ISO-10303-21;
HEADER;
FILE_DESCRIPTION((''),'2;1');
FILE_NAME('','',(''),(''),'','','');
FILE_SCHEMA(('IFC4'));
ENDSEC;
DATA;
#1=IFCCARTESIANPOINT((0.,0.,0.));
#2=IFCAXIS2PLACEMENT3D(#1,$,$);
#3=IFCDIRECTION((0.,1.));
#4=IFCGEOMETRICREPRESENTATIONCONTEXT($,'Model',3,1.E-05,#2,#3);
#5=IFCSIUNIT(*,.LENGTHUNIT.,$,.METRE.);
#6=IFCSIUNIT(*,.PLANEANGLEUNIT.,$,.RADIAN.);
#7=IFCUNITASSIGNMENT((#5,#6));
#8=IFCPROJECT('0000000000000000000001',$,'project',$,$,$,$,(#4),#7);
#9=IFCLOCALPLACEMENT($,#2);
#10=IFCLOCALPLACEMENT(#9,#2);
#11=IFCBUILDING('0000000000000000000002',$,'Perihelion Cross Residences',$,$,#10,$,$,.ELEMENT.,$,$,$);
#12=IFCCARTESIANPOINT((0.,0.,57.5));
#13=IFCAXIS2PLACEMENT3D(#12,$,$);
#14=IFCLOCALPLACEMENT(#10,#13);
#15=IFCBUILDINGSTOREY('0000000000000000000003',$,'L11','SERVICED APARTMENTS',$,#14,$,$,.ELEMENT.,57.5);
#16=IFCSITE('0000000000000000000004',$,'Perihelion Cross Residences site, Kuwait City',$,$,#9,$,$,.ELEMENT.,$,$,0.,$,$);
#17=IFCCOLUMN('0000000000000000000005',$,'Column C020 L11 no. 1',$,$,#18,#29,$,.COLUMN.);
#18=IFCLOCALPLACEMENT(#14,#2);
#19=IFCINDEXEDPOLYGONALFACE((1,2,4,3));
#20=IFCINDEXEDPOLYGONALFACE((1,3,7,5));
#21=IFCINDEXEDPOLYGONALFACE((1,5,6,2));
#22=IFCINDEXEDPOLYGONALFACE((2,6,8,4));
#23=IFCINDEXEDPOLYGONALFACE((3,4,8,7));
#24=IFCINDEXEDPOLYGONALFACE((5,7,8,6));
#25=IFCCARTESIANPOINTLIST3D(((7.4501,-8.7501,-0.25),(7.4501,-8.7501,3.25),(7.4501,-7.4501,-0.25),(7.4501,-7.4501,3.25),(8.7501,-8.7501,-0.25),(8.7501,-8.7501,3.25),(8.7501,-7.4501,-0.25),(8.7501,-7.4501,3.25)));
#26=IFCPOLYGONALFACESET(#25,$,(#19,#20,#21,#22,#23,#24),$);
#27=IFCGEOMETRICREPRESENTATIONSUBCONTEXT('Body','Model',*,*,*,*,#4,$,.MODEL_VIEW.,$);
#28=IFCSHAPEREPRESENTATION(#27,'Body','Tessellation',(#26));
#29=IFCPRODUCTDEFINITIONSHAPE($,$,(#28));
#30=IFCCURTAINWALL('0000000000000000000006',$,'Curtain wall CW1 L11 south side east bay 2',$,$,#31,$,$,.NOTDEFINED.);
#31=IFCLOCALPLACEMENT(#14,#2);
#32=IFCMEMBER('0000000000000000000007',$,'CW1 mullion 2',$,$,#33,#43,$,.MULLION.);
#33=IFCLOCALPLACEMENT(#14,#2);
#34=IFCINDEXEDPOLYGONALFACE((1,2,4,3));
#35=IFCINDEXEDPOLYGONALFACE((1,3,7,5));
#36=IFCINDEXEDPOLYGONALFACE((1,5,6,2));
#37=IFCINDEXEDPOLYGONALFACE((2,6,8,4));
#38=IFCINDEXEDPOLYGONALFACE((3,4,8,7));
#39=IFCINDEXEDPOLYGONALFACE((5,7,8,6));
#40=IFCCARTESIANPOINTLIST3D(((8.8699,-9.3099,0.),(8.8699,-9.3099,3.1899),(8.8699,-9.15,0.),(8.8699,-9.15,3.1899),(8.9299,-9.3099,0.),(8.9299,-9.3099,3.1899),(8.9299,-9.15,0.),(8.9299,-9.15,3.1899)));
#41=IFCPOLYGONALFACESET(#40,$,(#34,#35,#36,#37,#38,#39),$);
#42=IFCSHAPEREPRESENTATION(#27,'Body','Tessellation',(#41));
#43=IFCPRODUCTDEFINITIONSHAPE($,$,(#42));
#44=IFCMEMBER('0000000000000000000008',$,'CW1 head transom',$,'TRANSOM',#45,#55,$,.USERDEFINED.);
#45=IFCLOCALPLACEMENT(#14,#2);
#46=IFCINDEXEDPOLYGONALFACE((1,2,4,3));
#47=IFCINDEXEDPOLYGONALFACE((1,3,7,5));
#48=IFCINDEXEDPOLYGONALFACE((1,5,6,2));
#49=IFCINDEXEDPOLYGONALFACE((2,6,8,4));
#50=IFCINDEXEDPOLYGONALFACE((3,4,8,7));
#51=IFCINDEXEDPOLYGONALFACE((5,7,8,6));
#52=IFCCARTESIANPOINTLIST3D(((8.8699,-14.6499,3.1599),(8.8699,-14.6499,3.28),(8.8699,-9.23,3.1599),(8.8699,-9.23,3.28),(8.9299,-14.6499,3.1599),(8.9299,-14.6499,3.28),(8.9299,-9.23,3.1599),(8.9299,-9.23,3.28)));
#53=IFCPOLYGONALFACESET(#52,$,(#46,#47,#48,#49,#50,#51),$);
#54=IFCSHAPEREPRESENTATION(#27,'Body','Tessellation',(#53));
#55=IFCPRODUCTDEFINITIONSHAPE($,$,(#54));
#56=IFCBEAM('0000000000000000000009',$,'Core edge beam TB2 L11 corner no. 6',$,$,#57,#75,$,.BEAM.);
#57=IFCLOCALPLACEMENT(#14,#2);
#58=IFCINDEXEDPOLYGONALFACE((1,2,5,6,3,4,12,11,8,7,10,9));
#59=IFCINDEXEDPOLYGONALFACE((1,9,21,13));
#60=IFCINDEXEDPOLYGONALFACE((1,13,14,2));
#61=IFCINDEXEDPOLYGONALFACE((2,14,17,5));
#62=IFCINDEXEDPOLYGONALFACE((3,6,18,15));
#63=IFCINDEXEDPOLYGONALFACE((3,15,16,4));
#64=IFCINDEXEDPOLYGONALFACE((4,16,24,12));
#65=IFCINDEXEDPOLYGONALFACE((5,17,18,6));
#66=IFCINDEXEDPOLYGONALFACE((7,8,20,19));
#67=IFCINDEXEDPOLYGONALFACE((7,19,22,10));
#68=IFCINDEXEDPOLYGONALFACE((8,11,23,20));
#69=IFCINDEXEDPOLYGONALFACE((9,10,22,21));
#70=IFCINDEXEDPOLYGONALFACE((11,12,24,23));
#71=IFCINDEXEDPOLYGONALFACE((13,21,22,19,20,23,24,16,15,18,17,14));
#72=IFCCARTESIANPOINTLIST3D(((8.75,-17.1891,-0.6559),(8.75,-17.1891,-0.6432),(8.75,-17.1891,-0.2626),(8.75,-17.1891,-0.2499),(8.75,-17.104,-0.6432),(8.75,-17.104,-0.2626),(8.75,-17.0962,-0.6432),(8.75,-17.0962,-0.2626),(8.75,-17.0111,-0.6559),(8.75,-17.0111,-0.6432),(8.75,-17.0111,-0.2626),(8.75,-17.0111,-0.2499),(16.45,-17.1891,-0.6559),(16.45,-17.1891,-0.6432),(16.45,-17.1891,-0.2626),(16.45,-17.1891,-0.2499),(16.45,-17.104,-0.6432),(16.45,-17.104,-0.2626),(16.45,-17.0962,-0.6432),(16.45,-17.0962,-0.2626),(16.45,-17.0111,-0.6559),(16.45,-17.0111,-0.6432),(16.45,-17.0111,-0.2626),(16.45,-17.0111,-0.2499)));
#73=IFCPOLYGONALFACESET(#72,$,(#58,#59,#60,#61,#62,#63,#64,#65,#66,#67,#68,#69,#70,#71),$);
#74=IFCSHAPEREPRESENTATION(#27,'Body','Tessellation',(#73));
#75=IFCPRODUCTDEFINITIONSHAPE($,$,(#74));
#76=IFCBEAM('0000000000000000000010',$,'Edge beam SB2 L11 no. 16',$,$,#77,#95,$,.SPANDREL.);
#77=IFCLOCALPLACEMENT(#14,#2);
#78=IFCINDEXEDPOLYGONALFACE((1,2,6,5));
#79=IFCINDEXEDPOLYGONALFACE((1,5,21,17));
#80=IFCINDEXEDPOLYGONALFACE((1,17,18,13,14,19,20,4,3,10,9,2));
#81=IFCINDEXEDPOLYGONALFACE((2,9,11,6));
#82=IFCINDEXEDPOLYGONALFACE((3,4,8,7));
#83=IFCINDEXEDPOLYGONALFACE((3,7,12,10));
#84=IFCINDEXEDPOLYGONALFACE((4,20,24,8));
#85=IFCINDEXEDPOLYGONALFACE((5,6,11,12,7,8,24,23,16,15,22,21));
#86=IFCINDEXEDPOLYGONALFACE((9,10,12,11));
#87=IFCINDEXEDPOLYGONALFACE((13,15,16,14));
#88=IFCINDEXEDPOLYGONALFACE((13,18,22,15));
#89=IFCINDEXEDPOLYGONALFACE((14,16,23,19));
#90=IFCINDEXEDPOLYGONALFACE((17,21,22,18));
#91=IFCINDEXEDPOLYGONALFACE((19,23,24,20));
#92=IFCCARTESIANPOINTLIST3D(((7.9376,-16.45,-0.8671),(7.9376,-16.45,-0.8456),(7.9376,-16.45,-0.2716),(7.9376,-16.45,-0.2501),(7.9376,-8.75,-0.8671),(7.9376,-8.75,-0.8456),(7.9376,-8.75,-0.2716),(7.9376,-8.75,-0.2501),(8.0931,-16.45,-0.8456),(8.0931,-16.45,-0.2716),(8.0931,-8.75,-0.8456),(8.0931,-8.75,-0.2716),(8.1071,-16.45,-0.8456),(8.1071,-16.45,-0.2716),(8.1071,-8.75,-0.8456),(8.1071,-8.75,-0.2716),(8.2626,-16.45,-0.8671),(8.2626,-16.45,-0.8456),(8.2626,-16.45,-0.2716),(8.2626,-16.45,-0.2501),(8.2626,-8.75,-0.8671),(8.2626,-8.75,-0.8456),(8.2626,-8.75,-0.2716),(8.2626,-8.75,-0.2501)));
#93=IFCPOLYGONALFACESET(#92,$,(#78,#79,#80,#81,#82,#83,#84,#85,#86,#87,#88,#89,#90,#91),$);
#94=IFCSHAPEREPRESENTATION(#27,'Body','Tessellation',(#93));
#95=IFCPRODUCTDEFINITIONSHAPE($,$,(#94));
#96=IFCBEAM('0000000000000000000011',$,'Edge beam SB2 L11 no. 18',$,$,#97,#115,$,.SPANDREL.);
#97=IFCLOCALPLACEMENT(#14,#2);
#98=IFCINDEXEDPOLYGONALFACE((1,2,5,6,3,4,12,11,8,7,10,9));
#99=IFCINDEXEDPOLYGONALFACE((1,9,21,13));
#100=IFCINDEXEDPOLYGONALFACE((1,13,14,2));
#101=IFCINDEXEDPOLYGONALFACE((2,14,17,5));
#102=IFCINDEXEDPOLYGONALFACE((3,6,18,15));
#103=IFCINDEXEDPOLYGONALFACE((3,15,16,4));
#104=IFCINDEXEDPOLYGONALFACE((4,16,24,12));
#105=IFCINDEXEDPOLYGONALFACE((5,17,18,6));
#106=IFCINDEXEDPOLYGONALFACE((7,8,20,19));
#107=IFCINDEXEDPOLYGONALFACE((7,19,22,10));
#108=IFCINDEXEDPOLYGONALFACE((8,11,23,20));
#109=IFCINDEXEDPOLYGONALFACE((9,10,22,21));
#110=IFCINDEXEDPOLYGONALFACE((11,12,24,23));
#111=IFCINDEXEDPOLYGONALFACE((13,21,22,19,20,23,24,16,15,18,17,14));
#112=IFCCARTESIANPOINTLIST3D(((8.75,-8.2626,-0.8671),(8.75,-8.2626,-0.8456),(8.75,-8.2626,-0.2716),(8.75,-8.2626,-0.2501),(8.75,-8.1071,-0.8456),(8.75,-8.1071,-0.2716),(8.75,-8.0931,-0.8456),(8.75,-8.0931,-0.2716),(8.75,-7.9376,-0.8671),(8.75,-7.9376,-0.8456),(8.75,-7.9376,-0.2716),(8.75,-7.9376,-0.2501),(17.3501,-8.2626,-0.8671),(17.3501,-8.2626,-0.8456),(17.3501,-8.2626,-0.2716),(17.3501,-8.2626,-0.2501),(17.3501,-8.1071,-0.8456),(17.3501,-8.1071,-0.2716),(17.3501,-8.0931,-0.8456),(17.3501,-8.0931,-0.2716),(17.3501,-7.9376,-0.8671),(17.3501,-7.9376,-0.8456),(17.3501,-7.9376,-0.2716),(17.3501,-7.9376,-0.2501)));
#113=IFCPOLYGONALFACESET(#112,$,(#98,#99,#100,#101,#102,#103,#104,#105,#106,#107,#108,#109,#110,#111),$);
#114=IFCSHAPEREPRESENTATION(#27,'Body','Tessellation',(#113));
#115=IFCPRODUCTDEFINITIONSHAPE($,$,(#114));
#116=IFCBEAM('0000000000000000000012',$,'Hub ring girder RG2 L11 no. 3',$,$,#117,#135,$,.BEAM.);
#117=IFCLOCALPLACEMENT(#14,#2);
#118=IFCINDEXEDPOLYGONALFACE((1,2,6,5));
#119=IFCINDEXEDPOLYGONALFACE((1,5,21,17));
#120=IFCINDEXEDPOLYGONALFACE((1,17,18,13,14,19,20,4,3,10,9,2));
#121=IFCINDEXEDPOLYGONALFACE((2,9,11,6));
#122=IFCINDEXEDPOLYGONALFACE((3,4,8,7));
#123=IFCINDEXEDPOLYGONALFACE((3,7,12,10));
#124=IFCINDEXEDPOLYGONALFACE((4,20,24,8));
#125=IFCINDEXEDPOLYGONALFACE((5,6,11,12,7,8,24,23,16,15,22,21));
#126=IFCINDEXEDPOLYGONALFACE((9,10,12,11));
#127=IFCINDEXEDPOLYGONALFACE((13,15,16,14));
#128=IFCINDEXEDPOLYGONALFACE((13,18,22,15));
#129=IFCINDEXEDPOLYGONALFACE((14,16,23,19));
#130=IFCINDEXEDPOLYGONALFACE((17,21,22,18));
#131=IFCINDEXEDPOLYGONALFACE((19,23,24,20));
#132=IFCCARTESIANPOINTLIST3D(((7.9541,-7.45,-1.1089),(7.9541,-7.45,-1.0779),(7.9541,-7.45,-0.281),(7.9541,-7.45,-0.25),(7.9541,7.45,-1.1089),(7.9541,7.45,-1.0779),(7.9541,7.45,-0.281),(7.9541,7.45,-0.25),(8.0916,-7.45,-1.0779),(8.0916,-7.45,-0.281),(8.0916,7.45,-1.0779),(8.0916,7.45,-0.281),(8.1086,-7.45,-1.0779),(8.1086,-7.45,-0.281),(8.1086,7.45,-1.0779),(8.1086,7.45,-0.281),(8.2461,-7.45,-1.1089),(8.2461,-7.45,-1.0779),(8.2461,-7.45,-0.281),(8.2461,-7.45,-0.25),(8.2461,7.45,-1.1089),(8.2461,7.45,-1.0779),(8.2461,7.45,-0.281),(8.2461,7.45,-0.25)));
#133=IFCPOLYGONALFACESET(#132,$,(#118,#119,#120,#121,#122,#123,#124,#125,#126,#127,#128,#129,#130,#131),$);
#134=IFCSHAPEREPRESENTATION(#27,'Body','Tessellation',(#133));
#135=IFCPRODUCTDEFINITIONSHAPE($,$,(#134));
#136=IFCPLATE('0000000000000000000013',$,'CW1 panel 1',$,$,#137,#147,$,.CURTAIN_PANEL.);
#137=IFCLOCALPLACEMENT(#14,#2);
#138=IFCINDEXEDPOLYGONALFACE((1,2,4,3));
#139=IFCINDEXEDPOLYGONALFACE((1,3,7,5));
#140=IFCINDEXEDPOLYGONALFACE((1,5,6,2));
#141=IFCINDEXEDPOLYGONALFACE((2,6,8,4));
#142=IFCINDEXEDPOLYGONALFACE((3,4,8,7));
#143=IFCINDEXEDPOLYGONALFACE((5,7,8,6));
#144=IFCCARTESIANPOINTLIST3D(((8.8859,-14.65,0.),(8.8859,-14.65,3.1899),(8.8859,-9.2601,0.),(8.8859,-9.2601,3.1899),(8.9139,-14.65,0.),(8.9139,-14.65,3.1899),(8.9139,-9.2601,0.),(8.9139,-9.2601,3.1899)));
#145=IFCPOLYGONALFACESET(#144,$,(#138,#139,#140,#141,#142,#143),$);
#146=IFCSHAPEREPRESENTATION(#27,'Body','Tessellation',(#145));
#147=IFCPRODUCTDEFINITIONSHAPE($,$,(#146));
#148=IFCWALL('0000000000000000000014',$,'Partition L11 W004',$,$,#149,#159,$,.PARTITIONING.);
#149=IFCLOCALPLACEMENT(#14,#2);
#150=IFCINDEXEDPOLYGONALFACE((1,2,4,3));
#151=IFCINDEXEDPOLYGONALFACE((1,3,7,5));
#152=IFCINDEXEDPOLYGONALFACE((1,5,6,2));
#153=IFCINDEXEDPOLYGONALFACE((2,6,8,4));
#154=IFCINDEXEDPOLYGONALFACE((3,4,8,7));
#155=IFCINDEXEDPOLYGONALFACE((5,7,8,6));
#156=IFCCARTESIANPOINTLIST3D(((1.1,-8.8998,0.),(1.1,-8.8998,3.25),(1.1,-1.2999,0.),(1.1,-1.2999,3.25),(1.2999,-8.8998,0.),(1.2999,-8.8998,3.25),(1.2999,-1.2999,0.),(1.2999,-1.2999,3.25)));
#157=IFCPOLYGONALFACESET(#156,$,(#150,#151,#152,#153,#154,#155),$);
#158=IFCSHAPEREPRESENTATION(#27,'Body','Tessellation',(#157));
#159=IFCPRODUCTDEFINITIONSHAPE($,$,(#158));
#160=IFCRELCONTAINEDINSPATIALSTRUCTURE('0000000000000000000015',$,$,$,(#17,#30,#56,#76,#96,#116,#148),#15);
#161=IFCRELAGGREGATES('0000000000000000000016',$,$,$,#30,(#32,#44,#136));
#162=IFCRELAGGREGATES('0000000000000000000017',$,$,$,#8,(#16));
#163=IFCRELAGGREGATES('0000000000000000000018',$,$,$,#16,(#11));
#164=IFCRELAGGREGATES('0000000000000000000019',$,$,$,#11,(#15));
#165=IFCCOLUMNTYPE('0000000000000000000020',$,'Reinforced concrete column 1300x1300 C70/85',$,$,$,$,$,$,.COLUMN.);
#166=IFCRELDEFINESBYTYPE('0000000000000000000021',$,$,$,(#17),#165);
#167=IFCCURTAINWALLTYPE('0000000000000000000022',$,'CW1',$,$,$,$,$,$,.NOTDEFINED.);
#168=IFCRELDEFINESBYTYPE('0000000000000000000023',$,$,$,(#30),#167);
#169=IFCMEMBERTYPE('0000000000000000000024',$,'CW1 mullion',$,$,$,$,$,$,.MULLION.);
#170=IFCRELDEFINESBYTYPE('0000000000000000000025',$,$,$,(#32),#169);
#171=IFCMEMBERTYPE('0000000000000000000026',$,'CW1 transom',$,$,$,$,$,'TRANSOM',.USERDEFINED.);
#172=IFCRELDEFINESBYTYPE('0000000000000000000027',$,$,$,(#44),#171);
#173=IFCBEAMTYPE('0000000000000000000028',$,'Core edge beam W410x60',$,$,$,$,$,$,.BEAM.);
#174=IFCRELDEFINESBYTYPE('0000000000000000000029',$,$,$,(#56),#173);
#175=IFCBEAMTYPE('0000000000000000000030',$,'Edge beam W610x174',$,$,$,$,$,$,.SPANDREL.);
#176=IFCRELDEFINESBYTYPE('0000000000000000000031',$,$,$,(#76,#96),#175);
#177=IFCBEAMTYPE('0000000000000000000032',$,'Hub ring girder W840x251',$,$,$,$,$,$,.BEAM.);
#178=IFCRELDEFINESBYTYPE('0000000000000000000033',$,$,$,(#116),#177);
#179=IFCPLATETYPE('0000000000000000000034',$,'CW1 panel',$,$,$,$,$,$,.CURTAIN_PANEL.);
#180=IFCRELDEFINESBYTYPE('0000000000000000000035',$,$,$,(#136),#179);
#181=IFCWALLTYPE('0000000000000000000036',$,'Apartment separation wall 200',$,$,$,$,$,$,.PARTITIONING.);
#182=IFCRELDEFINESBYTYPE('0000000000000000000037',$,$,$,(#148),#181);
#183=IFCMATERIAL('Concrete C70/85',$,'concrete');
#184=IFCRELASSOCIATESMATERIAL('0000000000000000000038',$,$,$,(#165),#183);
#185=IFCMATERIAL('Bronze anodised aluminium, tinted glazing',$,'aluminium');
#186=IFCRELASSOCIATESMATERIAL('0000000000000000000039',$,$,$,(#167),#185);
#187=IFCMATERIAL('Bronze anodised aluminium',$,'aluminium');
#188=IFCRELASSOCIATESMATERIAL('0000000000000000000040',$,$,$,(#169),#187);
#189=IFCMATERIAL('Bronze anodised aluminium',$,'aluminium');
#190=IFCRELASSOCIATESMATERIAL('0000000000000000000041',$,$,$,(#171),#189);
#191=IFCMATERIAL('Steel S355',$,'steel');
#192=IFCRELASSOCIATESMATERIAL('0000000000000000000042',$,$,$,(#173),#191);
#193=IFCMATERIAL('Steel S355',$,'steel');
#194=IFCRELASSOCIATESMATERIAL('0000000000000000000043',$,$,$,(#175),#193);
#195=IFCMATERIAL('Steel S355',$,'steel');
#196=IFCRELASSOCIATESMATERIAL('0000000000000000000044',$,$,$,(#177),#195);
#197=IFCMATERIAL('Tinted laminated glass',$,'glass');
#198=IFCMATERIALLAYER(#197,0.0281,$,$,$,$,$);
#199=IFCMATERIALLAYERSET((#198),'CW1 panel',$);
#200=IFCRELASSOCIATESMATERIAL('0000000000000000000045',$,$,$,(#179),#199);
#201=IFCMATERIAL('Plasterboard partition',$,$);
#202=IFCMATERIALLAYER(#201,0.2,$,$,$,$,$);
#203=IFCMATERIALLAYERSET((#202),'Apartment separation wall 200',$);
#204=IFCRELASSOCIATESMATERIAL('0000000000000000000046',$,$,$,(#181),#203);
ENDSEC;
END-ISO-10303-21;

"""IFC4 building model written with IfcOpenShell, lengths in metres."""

from ifc_helpers import new_model, si_unit, direction, frame, frame_2d, origin, origin_2d, place, context, subcontext, project, spatial, rectangle, i_section, extrude, material, layer, layer_set, material_profile, profile_set, type_object, element, aggregate, save


model = new_model("IFC4")

# Units and contexts
model_context = context("Model", 3, precision=1e-05, world=origin(), true_north=direction((0.0, 1.0)))
body_context = subcontext(model_context, "Body", "Model", "MODEL_VIEW")
ifc_project = project(units=[si_unit("LENGTHUNIT", "METRE"), si_unit("PLANEANGLEUNIT", "RADIAN")], contexts=[model_context])

# Site, building, storey
site_placement = place(None, origin())
site = spatial("IfcSite", under=ifc_project, at=site_placement, Name="Perihelion Cross Residences site, Kuwait City", CompositionType="ELEMENT", RefElevation=0.0)
building_placement = place(site_placement, origin())
building = spatial("IfcBuilding", under=site, at=building_placement, Name="Perihelion Cross Residences", CompositionType="ELEMENT")
storey_placement = place(building_placement, frame((0.0, 0.0, 57.5)))
storey = spatial("IfcBuildingStorey", under=building, at=storey_placement, Name="L11", Description="SERVICED APARTMENTS", CompositionType="ELEMENT", Elevation=57.5)

# Column
ifc_material_1 = material(Name="Concrete C70/85", Category="concrete")
ifc_material_profile_1 = material_profile(ifc_material_1, rectangle(XDim=1.3, YDim=1.3, at=origin_2d()), Name="RC 1300x1300")
ifc_profile_set_1 = profile_set([ifc_material_profile_1], Name="Concrete C70/85")
column_type = type_object("IfcColumnType", Name="Reinforced concrete column 1300x1300 C70/85", PredefinedType="COLUMN", material=ifc_profile_set_1)
column_placement = place(storey_placement, frame((8.1001, -8.1001, -0.25), z_axis=(0.0, 0.0, 1.0), x_axis=(1.0, 0.0, 0.0)))
element("IfcColumn", 1, at=column_placement, inside=storey, type_object=column_type, Name="Column C020 L11 no. 1", PredefinedType="COLUMN", context=body_context, shape_type="SweptSolid", body=[
    extrude(rectangle(XDim=1.3, YDim=1.3, at=origin_2d()), origin(), (0.0, 0.0, 1.0), 3.5),
])

# Curtain wall, members
ifc_material_2 = material(Name="Bronze anodised aluminium, tinted glazing", Category="aluminium")
curtain_wall_type = type_object("IfcCurtainWallType", Name="CW1", PredefinedType="NOTDEFINED", material=ifc_material_2)
curtain_wall_placement = place(storey_placement, origin())
curtain_wall = element("IfcCurtainWall", 2, at=curtain_wall_placement, inside=storey, type_object=curtain_wall_type, Name="Curtain wall CW1 L11 south side east bay 2", PredefinedType="NOTDEFINED")
ifc_material_3 = material(Name="Bronze anodised aluminium", Category="aluminium")
ifc_material_profile_2 = material_profile(ifc_material_3, rectangle(XDim=0.0601, YDim=0.1599, at=origin_2d()), Name="CW1 mullion")
ifc_profile_set_2 = profile_set([ifc_material_profile_2], Name="Bronze anodised aluminium")
member_type_1 = type_object("IfcMemberType", Name="CW1 mullion", PredefinedType="MULLION", material=ifc_profile_set_2)
member_1_placement = place(storey_placement, frame((8.8999, -9.23, 0.0), z_axis=(0.0, 0.0, 1.0), x_axis=(-1.0, 0.0, 0.0)))
member_1 = element("IfcMember", 3, at=member_1_placement, type_object=member_type_1, Name="CW1 mullion 2", PredefinedType="MULLION", context=body_context, shape_type="SweptSolid", body=[
    extrude(rectangle(XDim=0.0601, YDim=0.1599, at=origin_2d()), origin(), (0.0, 0.0, 1.0), 3.1899),
])
ifc_material_4 = material(Name="Bronze anodised aluminium", Category="aluminium")
ifc_material_profile_3 = material_profile(ifc_material_4, rectangle(XDim=0.0601, YDim=0.1201, at=origin_2d()), Name="CW1 transom")
ifc_profile_set_3 = profile_set([ifc_material_profile_3], Name="Bronze anodised aluminium")
member_type_2 = type_object("IfcMemberType", Name="CW1 transom", ElementType="TRANSOM", PredefinedType="USERDEFINED", material=ifc_profile_set_3)
member_2_placement = place(storey_placement, frame((8.8999, -14.6499, 3.22), z_axis=(0.0, 1.0, 0.0), x_axis=(-1.0, 0.0, 0.0)))
member_2 = element("IfcMember", 4, at=member_2_placement, type_object=member_type_2, Name="CW1 head transom", ObjectType="TRANSOM", PredefinedType="USERDEFINED", context=body_context, shape_type="SweptSolid", body=[
    extrude(rectangle(XDim=0.0601, YDim=0.1201, at=origin_2d()), origin(), (0.0, 0.0, 1.0), 5.4199),
])

# Beams
ifc_material_5 = material(Name="Steel S355", Category="steel")
ifc_material_profile_4 = material_profile(ifc_material_5, i_section(OverallWidth=0.178, OverallDepth=0.406, WebThickness=0.0078, FlangeThickness=0.0127, at=origin_2d()), Name="W410x60")
ifc_profile_set_4 = profile_set([ifc_material_profile_4], Name="Steel S355")
beam_type_1 = type_object("IfcBeamType", Name="Core edge beam W410x60", PredefinedType="BEAM", material=ifc_profile_set_4)
beam_1_placement = place(storey_placement, frame((8.75, -17.1001, -0.4529), z_axis=(1.0, 0.0, 0.0), x_axis=(0.0, 1.0, 0.0)))
element("IfcBeam", 5, at=beam_1_placement, inside=storey, type_object=beam_type_1, Name="Core edge beam TB2 L11 corner no. 6", PredefinedType="BEAM", context=body_context, shape_type="SweptSolid", body=[
    extrude(i_section(OverallWidth=0.178, OverallDepth=0.406, WebThickness=0.0078, FlangeThickness=0.0127, at=origin_2d()), origin(), (0.0, 0.0, 1.0), 7.7),
])
ifc_material_6 = material(Name="Steel S355", Category="steel")
ifc_material_profile_5 = material_profile(ifc_material_6, i_section(OverallWidth=0.325, OverallDepth=0.6169, WebThickness=0.0139, FlangeThickness=0.0215, at=origin_2d()), Name="W610x174")
ifc_profile_set_5 = profile_set([ifc_material_profile_5], Name="Steel S355")
beam_type_2 = type_object("IfcBeamType", Name="Edge beam W610x174", PredefinedType="SPANDREL", material=ifc_profile_set_5)
beam_2_placement = place(storey_placement, frame((8.1001, -16.45, -0.5586), z_axis=(0.0, 1.0, 0.0), x_axis=(-1.0, 0.0, 0.0)))
element("IfcBeam", 6, at=beam_2_placement, inside=storey, type_object=beam_type_2, Name="Edge beam SB2 L11 no. 16", PredefinedType="SPANDREL", context=body_context, shape_type="SweptSolid", body=[
    extrude(i_section(OverallWidth=0.325, OverallDepth=0.6169, WebThickness=0.0139, FlangeThickness=0.0215, at=origin_2d()), origin(), (0.0, 0.0, 1.0), 7.7),
])
beam_3_placement = place(storey_placement, frame((8.75, -8.1001, -0.5586), z_axis=(1.0, 0.0, 0.0), x_axis=(0.0, 1.0, 0.0)))
element("IfcBeam", 7, at=beam_3_placement, inside=storey, type_object=beam_type_2, Name="Edge beam SB2 L11 no. 18", PredefinedType="SPANDREL", context=body_context, shape_type="SweptSolid", body=[
    extrude(i_section(OverallWidth=0.325, OverallDepth=0.6169, WebThickness=0.0139, FlangeThickness=0.0215, at=origin_2d()), origin(), (0.0, 0.0, 1.0), 8.6001),
])
ifc_material_7 = material(Name="Steel S355", Category="steel")
ifc_material_profile_6 = material_profile(ifc_material_7, i_section(OverallWidth=0.292, OverallDepth=0.8589, WebThickness=0.0171, FlangeThickness=0.031, at=origin_2d()), Name="W840x251")
ifc_profile_set_6 = profile_set([ifc_material_profile_6], Name="Steel S355")
beam_type_3 = type_object("IfcBeamType", Name="Hub ring girder W840x251", PredefinedType="BEAM", material=ifc_profile_set_6)
beam_4_placement = place(storey_placement, frame((8.1001, -7.45, -0.6794), z_axis=(0.0, 1.0, 0.0), x_axis=(-1.0, 0.0, 0.0)))
element("IfcBeam", 8, at=beam_4_placement, inside=storey, type_object=beam_type_3, Name="Hub ring girder RG2 L11 no. 3", PredefinedType="BEAM", context=body_context, shape_type="SweptSolid", body=[
    extrude(i_section(OverallWidth=0.292, OverallDepth=0.8589, WebThickness=0.0171, FlangeThickness=0.031, at=origin_2d()), origin(), (0.0, 0.0, 1.0), 14.8999),
])

# Plate
ifc_material_8 = material(Name="Tinted laminated glass", Category="glass")
ifc_layer_1 = layer(ifc_material_8, 0.0281)
ifc_layer_set_1 = layer_set([ifc_layer_1], Name="CW1 panel")
plate_type = type_object("IfcPlateType", Name="CW1 panel", PredefinedType="CURTAIN_PANEL", material=ifc_layer_set_1)
plate_placement = place(storey_placement, frame((8.8999, -11.9551, 0.0), z_axis=(0.0, 0.0, 1.0), x_axis=(0.0, 1.0, 0.0)))
plate = element("IfcPlate", 9, at=plate_placement, type_object=plate_type, Name="CW1 panel 1", PredefinedType="CURTAIN_PANEL", context=body_context, shape_type="SweptSolid", body=[
    extrude(rectangle(XDim=5.3899, YDim=0.0281, at=origin_2d()), origin(), (0.0, 0.0, 1.0), 3.1899),
])
aggregate(curtain_wall, [member_1, member_2, plate])

# Wall
ifc_material_9 = material(Name="Plasterboard partition")
ifc_layer_2 = layer(ifc_material_9, 0.2)
ifc_layer_set_2 = layer_set([ifc_layer_2], Name="Apartment separation wall 200")
wall_type_1 = type_object("IfcWallType", Name="Apartment separation wall 200", PredefinedType="PARTITIONING", material=ifc_layer_set_2)
wall_1_placement = place(storey_placement, frame((1.2, -1.3, 0.0), z_axis=(0.0, 0.0, 1.0), x_axis=(0.0, -1.0, 0.0)))
element("IfcWall", 10, at=wall_1_placement, inside=storey, type_object=wall_type_1, Name="Partition L11 W004", PredefinedType="PARTITIONING", context=body_context, shape_type="SweptSolid", body=[
    extrude(rectangle(XDim=7.5999, YDim=0.2, at=frame_2d((3.7998, 0.0))), origin(), (0.0, 0.0, 1.0), 3.25),
])

save(model, "model.ifc")
